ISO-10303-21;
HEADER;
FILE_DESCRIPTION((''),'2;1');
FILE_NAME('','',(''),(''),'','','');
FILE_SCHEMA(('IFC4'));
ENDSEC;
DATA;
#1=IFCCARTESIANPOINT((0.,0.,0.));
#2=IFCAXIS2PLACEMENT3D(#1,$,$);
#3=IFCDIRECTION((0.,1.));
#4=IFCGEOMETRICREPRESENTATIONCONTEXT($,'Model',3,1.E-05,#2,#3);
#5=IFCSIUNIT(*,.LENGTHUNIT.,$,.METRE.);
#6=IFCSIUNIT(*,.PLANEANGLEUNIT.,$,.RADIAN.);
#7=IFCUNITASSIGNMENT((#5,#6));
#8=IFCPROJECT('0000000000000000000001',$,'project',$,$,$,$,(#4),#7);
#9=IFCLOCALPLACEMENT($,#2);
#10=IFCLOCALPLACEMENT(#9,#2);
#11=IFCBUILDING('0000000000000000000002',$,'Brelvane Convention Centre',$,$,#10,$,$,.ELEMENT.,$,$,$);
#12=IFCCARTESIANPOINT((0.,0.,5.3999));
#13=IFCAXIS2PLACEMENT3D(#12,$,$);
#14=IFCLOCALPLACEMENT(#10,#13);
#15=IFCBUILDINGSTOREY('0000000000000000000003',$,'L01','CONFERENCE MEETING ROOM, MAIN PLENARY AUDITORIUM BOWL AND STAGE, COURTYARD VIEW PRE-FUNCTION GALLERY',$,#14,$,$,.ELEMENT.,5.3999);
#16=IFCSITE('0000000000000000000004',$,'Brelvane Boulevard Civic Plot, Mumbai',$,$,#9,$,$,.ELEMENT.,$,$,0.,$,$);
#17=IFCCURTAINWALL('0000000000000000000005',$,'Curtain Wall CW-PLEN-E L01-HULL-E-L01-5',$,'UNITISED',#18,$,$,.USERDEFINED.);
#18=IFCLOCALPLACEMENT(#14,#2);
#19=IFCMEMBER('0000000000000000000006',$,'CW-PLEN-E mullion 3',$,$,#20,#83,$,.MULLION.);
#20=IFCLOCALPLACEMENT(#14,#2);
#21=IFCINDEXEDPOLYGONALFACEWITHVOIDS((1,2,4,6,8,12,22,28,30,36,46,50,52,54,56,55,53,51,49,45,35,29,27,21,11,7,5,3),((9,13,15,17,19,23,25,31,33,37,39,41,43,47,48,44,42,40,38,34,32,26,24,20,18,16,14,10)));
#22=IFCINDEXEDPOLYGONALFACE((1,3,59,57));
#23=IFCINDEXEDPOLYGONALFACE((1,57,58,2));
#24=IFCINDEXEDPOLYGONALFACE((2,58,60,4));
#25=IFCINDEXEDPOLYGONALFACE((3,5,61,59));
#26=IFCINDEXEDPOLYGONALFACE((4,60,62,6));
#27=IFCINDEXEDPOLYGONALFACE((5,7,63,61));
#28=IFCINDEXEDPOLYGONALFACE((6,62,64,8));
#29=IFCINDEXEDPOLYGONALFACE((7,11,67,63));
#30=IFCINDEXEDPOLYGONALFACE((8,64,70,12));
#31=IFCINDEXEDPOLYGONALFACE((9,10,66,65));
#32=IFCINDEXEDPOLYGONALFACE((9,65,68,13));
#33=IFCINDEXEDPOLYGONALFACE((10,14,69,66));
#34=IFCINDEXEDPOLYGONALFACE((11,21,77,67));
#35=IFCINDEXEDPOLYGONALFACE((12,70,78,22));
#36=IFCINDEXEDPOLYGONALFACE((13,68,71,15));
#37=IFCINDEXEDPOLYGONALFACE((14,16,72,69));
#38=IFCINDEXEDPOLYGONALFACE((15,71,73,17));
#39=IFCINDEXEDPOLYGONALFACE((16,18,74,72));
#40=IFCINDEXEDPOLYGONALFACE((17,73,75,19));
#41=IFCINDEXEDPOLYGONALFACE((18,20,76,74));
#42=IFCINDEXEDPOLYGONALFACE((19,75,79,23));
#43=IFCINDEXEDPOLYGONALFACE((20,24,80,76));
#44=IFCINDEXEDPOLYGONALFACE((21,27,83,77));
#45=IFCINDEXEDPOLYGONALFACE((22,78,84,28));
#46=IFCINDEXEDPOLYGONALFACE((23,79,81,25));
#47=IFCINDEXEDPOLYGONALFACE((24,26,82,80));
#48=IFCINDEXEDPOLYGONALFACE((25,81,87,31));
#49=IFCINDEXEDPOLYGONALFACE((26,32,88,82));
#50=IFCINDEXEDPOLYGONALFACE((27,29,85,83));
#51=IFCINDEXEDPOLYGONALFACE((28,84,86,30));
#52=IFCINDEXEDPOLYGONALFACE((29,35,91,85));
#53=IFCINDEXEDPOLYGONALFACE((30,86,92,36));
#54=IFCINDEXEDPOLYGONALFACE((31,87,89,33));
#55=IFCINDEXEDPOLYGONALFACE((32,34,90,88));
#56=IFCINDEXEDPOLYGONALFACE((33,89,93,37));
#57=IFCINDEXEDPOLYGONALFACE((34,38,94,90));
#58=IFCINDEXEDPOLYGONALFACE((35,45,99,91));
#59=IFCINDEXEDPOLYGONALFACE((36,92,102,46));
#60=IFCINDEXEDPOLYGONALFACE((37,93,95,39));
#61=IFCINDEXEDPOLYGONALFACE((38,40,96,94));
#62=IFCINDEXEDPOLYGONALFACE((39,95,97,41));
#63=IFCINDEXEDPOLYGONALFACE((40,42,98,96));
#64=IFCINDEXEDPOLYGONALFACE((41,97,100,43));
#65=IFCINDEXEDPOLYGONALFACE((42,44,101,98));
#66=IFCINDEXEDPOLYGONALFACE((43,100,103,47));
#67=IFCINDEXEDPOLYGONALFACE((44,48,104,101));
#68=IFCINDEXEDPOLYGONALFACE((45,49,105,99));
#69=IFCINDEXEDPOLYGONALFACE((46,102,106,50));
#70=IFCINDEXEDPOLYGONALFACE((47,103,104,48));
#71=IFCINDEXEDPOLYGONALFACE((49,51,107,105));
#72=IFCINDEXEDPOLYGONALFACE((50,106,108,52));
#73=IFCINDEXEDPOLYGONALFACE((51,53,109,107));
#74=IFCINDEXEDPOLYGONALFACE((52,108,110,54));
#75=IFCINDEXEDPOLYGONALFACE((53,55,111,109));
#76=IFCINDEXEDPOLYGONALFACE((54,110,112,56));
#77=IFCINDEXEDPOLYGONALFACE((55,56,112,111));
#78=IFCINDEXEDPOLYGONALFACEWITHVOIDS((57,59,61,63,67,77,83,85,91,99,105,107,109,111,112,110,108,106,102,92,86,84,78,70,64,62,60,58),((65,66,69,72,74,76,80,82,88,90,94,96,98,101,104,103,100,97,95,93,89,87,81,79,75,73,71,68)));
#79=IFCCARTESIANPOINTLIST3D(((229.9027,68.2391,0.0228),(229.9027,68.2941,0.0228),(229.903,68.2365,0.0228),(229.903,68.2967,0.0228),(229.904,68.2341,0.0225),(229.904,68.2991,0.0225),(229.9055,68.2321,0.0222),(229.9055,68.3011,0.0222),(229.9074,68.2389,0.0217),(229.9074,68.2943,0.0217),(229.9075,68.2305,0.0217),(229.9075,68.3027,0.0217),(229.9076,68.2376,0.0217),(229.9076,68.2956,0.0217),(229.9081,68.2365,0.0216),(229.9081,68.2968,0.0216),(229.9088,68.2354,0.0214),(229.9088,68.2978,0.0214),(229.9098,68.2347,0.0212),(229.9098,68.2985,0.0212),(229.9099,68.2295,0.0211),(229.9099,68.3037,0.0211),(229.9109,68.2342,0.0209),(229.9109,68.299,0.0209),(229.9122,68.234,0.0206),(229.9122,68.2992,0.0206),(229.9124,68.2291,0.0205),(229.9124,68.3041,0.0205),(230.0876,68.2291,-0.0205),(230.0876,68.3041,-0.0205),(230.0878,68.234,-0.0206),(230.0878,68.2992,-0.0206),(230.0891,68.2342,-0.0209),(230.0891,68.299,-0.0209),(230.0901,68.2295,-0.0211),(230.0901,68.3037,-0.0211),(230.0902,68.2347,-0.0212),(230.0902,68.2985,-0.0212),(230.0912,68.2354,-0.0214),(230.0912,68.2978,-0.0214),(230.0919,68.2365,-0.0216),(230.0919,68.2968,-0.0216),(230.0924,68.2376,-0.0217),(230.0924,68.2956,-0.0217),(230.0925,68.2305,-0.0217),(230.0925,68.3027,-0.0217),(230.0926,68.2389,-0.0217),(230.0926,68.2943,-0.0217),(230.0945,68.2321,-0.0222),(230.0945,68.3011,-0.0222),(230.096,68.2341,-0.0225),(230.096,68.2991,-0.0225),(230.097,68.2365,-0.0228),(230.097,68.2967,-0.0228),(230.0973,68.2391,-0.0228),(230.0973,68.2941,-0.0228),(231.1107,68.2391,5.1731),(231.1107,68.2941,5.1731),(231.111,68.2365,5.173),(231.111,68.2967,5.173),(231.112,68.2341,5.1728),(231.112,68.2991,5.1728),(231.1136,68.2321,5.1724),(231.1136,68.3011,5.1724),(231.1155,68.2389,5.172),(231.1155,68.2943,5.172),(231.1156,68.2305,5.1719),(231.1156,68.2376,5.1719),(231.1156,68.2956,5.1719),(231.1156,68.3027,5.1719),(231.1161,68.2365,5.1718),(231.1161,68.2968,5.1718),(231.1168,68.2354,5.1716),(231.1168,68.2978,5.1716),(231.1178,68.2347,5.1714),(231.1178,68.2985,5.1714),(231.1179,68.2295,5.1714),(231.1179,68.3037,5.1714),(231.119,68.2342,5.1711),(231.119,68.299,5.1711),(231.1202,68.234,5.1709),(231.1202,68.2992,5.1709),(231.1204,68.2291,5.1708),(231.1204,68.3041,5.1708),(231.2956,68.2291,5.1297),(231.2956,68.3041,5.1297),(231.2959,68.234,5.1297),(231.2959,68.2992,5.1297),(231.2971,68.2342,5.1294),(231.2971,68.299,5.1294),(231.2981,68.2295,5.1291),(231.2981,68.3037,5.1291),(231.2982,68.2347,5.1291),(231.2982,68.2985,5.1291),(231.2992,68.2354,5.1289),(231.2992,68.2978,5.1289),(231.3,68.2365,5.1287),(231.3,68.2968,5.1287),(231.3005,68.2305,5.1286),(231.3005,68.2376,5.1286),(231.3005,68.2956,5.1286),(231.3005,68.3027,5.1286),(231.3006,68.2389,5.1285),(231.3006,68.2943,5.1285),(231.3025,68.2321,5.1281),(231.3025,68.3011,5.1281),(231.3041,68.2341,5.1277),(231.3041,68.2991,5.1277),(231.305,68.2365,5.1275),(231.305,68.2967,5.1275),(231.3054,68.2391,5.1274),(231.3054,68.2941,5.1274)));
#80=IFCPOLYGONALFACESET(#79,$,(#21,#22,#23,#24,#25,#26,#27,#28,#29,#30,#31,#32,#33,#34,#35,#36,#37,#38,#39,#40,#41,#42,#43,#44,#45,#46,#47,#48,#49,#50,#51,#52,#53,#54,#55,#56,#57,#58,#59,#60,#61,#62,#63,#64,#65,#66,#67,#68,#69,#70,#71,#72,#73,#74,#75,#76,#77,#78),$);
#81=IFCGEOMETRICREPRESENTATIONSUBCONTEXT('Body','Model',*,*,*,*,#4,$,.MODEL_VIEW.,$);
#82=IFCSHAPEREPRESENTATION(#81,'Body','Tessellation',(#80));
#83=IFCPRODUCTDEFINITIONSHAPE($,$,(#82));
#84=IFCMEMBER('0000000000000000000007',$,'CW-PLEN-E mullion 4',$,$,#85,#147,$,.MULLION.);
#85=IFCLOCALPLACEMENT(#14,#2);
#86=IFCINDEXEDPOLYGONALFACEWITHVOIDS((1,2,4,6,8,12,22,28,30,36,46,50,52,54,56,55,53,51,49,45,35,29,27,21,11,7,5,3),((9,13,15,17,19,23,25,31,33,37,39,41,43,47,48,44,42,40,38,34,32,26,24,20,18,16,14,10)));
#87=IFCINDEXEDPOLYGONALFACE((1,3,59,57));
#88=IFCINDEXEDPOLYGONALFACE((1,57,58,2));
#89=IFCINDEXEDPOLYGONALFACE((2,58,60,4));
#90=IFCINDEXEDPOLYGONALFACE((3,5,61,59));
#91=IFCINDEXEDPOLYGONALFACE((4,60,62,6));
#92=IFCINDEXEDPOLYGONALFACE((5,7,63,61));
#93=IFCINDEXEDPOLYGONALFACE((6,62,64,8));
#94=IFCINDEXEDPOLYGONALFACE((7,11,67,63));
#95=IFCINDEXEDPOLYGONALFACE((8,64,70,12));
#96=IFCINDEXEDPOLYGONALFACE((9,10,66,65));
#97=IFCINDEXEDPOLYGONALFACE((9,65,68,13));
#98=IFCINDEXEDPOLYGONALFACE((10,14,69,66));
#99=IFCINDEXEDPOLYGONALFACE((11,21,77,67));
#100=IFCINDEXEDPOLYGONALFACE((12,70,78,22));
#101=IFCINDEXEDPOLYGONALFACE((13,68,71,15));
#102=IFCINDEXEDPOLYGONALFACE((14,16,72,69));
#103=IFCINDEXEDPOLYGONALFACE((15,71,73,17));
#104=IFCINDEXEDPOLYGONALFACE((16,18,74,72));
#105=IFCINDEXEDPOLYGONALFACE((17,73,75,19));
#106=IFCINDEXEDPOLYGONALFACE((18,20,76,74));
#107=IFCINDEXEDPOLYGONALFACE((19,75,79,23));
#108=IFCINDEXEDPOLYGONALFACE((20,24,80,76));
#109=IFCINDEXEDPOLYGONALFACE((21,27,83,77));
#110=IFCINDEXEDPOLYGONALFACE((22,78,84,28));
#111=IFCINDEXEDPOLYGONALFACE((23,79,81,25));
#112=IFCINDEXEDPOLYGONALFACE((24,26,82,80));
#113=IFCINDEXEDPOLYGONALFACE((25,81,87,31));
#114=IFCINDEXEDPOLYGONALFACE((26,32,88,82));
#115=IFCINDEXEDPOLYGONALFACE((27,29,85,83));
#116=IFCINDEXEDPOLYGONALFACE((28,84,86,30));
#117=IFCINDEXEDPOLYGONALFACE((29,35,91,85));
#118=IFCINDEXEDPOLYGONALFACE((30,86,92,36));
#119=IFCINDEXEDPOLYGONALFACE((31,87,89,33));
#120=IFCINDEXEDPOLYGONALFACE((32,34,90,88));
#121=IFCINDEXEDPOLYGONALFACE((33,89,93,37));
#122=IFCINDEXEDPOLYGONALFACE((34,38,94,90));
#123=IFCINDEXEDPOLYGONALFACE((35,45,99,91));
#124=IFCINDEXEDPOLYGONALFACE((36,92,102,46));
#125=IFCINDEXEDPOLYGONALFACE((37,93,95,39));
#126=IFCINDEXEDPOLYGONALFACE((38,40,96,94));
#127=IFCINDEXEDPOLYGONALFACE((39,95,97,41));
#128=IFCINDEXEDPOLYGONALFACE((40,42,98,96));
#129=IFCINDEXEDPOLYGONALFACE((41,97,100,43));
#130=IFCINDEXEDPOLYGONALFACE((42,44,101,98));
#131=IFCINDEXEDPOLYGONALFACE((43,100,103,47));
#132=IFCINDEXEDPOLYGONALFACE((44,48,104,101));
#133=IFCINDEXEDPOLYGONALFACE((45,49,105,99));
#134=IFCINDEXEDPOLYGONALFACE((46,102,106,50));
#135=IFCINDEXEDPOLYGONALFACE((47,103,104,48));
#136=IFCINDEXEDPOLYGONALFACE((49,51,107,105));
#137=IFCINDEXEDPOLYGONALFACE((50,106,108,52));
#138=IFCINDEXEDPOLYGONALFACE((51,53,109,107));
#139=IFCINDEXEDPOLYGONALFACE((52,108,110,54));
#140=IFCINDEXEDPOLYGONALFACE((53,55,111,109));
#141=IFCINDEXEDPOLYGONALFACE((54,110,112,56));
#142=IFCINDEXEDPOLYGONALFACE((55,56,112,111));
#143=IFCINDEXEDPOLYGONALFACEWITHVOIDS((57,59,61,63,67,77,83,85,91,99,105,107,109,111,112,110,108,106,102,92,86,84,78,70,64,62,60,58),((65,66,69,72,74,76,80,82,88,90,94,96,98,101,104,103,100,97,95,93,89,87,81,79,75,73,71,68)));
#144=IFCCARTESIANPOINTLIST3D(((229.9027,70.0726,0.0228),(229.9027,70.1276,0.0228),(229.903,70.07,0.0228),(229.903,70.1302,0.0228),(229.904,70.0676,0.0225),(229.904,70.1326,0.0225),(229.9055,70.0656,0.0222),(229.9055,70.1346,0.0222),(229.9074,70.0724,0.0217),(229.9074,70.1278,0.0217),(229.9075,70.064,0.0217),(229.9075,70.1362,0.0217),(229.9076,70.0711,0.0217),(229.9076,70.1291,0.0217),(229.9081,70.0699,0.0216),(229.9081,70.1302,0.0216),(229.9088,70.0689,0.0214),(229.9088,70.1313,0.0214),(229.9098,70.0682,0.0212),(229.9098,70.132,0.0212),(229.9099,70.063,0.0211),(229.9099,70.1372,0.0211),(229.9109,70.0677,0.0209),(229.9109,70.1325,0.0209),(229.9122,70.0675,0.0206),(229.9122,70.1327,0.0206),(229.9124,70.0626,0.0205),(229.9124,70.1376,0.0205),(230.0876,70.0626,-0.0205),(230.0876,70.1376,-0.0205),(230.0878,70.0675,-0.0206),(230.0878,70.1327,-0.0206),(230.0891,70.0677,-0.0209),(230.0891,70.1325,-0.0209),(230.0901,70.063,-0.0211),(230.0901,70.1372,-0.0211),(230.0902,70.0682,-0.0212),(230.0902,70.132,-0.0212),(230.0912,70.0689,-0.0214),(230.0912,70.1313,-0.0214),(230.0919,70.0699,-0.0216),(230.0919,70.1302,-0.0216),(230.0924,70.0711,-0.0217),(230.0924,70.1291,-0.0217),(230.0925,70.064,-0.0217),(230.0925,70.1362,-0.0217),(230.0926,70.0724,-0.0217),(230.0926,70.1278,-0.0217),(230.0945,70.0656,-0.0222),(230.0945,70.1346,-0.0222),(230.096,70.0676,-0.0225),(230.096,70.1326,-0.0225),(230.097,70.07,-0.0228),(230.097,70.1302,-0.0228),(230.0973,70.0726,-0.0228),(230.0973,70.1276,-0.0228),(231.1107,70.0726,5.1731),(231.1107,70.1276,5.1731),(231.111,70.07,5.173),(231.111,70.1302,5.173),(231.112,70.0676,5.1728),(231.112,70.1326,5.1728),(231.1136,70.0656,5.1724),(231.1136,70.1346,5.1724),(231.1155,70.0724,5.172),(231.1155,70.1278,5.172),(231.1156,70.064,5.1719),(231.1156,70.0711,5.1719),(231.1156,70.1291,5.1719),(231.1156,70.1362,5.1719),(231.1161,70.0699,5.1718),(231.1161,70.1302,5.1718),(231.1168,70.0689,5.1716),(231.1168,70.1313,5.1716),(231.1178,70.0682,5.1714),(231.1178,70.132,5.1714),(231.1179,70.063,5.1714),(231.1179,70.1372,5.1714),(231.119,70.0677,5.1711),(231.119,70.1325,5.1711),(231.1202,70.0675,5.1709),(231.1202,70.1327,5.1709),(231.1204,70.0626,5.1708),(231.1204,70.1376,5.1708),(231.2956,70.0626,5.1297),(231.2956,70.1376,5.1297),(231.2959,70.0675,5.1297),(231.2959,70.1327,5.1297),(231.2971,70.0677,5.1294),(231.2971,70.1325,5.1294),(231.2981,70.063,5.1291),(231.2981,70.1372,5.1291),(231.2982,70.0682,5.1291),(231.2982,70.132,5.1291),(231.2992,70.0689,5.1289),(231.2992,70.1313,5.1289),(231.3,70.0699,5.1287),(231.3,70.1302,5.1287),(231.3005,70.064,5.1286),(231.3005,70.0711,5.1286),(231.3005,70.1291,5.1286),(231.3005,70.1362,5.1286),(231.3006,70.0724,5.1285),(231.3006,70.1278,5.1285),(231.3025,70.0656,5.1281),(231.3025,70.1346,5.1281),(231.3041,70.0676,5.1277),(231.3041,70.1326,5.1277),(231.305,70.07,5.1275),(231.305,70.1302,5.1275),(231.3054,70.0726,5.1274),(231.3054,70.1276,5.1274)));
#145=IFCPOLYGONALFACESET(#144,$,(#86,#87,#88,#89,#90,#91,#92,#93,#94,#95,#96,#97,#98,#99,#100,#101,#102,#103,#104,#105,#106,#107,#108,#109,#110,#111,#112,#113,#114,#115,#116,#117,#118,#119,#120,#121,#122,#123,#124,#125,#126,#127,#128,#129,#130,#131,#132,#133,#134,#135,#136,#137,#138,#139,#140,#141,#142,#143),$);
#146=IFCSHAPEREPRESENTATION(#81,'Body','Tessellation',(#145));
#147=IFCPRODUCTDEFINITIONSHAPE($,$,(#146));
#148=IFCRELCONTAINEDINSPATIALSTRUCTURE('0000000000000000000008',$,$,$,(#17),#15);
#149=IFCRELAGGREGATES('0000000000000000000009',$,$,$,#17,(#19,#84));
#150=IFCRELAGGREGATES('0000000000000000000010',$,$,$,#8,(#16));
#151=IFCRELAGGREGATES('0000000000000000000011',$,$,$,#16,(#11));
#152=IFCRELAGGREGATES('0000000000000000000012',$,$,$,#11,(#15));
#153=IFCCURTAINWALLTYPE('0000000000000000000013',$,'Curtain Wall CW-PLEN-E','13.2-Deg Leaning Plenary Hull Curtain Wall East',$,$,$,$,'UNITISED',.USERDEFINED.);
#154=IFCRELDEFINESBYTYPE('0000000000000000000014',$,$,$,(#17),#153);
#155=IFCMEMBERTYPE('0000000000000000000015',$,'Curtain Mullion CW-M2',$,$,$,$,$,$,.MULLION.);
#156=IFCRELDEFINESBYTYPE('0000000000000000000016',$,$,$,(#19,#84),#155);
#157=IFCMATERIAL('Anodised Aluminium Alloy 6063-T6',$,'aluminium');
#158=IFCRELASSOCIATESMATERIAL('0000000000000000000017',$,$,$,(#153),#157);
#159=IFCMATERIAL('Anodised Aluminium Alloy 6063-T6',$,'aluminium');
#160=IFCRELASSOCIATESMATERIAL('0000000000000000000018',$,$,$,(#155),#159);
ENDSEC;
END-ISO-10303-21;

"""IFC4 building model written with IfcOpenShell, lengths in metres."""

from ifc_helpers import new_model, si_unit, direction, frame, origin, origin_2d, place, context, subcontext, project, spatial, hollow_rectangle, extrude, material, material_profile, profile_set, type_object, element, aggregate, save


model = new_model("IFC4")

# Units and contexts
model_context = context("Model", 3, precision=1e-05, world=origin(), true_north=direction((0.0, 1.0)))
body_context = subcontext(model_context, "Body", "Model", "MODEL_VIEW")
ifc_project = project(units=[si_unit("LENGTHUNIT", "METRE"), si_unit("PLANEANGLEUNIT", "RADIAN")], contexts=[model_context])

# Site, building, storey
site_placement = place(None, origin())
site = spatial("IfcSite", under=ifc_project, at=site_placement, Name="Brelvane Boulevard Civic Plot, Mumbai", CompositionType="ELEMENT", RefElevation=0.0)
building_placement = place(site_placement, origin())
building = spatial("IfcBuilding", under=site, at=building_placement, Name="Brelvane Convention Centre", CompositionType="ELEMENT")
storey_placement = place(building_placement, frame((0.0, 0.0, 5.3999)))
storey = spatial("IfcBuildingStorey", under=building, at=storey_placement, Name="L01", Description="CONFERENCE MEETING ROOM, MAIN PLENARY AUDITORIUM BOWL AND STAGE, COURTYARD VIEW PRE-FUNCTION GALLERY", CompositionType="ELEMENT", Elevation=5.3999)

# Curtain wall, members
ifc_material_1 = material(Name="Anodised Aluminium Alloy 6063-T6", Category="aluminium")
curtain_wall_type = type_object("IfcCurtainWallType", Name="Curtain Wall CW-PLEN-E", Description="13.2-Deg Leaning Plenary Hull Curtain Wall East", ElementType="UNITISED", PredefinedType="USERDEFINED", material=ifc_material_1)
ifc_material_2 = material(Name="Anodised Aluminium Alloy 6063-T6", Category="aluminium")
ifc_material_profile_1 = material_profile(ifc_material_2, hollow_rectangle(XDim=0.075, YDim=0.2, WallThickness=0.0049, InnerFilletRadius=0.0049, OuterFilletRadius=0.01, at=origin_2d()), Name="ALU-M 200x75x5.0")
ifc_profile_set_1 = profile_set([ifc_material_profile_1], Name="Anodised Aluminium Alloy 6063-T6")
member_type_1 = type_object("IfcMemberType", Name="Curtain Mullion CW-M2", PredefinedType="MULLION", material=ifc_profile_set_1)
curtain_wall_1_placement = place(storey_placement, origin())
curtain_wall_1 = element("IfcCurtainWall", 1, at=curtain_wall_1_placement, inside=storey, type_object=curtain_wall_type, Name="Curtain Wall CW-PLEN-E L01-HULL-E-L01-5", ObjectType="UNITISED", PredefinedType="USERDEFINED")
member_1_placement = place(storey_placement, frame((230.0, 68.2666, 0.0), z_axis=(0.22836, 0.0, 0.973577), x_axis=(0.0, 1.0, 0.0)))
member_1 = element("IfcMember", 2, at=member_1_placement, type_object=member_type_1, Name="CW-PLEN-E mullion 3", PredefinedType="MULLION", context=body_context, shape_type="SweptSolid", body=[
    extrude(hollow_rectangle(XDim=0.075, YDim=0.2, WallThickness=0.0049, InnerFilletRadius=0.0049, OuterFilletRadius=0.01, at=origin_2d()), origin(), (0.0, 0.0, 1.0), 5.29),
])
member_2_placement = place(storey_placement, frame((230.0, 70.1001, 0.0), z_axis=(0.22836, 0.0, 0.973577), x_axis=(0.0, 1.0, 0.0)))
member_2 = element("IfcMember", 3, at=member_2_placement, type_object=member_type_1, Name="CW-PLEN-E mullion 4", PredefinedType="MULLION", context=body_context, shape_type="SweptSolid", body=[
    extrude(hollow_rectangle(XDim=0.075, YDim=0.2, WallThickness=0.0049, InnerFilletRadius=0.0049, OuterFilletRadius=0.01, at=origin_2d()), origin(), (0.0, 0.0, 1.0), 5.29),
])

aggregate(curtain_wall_1, [member_1, member_2])

save(model, "model.ifc")
